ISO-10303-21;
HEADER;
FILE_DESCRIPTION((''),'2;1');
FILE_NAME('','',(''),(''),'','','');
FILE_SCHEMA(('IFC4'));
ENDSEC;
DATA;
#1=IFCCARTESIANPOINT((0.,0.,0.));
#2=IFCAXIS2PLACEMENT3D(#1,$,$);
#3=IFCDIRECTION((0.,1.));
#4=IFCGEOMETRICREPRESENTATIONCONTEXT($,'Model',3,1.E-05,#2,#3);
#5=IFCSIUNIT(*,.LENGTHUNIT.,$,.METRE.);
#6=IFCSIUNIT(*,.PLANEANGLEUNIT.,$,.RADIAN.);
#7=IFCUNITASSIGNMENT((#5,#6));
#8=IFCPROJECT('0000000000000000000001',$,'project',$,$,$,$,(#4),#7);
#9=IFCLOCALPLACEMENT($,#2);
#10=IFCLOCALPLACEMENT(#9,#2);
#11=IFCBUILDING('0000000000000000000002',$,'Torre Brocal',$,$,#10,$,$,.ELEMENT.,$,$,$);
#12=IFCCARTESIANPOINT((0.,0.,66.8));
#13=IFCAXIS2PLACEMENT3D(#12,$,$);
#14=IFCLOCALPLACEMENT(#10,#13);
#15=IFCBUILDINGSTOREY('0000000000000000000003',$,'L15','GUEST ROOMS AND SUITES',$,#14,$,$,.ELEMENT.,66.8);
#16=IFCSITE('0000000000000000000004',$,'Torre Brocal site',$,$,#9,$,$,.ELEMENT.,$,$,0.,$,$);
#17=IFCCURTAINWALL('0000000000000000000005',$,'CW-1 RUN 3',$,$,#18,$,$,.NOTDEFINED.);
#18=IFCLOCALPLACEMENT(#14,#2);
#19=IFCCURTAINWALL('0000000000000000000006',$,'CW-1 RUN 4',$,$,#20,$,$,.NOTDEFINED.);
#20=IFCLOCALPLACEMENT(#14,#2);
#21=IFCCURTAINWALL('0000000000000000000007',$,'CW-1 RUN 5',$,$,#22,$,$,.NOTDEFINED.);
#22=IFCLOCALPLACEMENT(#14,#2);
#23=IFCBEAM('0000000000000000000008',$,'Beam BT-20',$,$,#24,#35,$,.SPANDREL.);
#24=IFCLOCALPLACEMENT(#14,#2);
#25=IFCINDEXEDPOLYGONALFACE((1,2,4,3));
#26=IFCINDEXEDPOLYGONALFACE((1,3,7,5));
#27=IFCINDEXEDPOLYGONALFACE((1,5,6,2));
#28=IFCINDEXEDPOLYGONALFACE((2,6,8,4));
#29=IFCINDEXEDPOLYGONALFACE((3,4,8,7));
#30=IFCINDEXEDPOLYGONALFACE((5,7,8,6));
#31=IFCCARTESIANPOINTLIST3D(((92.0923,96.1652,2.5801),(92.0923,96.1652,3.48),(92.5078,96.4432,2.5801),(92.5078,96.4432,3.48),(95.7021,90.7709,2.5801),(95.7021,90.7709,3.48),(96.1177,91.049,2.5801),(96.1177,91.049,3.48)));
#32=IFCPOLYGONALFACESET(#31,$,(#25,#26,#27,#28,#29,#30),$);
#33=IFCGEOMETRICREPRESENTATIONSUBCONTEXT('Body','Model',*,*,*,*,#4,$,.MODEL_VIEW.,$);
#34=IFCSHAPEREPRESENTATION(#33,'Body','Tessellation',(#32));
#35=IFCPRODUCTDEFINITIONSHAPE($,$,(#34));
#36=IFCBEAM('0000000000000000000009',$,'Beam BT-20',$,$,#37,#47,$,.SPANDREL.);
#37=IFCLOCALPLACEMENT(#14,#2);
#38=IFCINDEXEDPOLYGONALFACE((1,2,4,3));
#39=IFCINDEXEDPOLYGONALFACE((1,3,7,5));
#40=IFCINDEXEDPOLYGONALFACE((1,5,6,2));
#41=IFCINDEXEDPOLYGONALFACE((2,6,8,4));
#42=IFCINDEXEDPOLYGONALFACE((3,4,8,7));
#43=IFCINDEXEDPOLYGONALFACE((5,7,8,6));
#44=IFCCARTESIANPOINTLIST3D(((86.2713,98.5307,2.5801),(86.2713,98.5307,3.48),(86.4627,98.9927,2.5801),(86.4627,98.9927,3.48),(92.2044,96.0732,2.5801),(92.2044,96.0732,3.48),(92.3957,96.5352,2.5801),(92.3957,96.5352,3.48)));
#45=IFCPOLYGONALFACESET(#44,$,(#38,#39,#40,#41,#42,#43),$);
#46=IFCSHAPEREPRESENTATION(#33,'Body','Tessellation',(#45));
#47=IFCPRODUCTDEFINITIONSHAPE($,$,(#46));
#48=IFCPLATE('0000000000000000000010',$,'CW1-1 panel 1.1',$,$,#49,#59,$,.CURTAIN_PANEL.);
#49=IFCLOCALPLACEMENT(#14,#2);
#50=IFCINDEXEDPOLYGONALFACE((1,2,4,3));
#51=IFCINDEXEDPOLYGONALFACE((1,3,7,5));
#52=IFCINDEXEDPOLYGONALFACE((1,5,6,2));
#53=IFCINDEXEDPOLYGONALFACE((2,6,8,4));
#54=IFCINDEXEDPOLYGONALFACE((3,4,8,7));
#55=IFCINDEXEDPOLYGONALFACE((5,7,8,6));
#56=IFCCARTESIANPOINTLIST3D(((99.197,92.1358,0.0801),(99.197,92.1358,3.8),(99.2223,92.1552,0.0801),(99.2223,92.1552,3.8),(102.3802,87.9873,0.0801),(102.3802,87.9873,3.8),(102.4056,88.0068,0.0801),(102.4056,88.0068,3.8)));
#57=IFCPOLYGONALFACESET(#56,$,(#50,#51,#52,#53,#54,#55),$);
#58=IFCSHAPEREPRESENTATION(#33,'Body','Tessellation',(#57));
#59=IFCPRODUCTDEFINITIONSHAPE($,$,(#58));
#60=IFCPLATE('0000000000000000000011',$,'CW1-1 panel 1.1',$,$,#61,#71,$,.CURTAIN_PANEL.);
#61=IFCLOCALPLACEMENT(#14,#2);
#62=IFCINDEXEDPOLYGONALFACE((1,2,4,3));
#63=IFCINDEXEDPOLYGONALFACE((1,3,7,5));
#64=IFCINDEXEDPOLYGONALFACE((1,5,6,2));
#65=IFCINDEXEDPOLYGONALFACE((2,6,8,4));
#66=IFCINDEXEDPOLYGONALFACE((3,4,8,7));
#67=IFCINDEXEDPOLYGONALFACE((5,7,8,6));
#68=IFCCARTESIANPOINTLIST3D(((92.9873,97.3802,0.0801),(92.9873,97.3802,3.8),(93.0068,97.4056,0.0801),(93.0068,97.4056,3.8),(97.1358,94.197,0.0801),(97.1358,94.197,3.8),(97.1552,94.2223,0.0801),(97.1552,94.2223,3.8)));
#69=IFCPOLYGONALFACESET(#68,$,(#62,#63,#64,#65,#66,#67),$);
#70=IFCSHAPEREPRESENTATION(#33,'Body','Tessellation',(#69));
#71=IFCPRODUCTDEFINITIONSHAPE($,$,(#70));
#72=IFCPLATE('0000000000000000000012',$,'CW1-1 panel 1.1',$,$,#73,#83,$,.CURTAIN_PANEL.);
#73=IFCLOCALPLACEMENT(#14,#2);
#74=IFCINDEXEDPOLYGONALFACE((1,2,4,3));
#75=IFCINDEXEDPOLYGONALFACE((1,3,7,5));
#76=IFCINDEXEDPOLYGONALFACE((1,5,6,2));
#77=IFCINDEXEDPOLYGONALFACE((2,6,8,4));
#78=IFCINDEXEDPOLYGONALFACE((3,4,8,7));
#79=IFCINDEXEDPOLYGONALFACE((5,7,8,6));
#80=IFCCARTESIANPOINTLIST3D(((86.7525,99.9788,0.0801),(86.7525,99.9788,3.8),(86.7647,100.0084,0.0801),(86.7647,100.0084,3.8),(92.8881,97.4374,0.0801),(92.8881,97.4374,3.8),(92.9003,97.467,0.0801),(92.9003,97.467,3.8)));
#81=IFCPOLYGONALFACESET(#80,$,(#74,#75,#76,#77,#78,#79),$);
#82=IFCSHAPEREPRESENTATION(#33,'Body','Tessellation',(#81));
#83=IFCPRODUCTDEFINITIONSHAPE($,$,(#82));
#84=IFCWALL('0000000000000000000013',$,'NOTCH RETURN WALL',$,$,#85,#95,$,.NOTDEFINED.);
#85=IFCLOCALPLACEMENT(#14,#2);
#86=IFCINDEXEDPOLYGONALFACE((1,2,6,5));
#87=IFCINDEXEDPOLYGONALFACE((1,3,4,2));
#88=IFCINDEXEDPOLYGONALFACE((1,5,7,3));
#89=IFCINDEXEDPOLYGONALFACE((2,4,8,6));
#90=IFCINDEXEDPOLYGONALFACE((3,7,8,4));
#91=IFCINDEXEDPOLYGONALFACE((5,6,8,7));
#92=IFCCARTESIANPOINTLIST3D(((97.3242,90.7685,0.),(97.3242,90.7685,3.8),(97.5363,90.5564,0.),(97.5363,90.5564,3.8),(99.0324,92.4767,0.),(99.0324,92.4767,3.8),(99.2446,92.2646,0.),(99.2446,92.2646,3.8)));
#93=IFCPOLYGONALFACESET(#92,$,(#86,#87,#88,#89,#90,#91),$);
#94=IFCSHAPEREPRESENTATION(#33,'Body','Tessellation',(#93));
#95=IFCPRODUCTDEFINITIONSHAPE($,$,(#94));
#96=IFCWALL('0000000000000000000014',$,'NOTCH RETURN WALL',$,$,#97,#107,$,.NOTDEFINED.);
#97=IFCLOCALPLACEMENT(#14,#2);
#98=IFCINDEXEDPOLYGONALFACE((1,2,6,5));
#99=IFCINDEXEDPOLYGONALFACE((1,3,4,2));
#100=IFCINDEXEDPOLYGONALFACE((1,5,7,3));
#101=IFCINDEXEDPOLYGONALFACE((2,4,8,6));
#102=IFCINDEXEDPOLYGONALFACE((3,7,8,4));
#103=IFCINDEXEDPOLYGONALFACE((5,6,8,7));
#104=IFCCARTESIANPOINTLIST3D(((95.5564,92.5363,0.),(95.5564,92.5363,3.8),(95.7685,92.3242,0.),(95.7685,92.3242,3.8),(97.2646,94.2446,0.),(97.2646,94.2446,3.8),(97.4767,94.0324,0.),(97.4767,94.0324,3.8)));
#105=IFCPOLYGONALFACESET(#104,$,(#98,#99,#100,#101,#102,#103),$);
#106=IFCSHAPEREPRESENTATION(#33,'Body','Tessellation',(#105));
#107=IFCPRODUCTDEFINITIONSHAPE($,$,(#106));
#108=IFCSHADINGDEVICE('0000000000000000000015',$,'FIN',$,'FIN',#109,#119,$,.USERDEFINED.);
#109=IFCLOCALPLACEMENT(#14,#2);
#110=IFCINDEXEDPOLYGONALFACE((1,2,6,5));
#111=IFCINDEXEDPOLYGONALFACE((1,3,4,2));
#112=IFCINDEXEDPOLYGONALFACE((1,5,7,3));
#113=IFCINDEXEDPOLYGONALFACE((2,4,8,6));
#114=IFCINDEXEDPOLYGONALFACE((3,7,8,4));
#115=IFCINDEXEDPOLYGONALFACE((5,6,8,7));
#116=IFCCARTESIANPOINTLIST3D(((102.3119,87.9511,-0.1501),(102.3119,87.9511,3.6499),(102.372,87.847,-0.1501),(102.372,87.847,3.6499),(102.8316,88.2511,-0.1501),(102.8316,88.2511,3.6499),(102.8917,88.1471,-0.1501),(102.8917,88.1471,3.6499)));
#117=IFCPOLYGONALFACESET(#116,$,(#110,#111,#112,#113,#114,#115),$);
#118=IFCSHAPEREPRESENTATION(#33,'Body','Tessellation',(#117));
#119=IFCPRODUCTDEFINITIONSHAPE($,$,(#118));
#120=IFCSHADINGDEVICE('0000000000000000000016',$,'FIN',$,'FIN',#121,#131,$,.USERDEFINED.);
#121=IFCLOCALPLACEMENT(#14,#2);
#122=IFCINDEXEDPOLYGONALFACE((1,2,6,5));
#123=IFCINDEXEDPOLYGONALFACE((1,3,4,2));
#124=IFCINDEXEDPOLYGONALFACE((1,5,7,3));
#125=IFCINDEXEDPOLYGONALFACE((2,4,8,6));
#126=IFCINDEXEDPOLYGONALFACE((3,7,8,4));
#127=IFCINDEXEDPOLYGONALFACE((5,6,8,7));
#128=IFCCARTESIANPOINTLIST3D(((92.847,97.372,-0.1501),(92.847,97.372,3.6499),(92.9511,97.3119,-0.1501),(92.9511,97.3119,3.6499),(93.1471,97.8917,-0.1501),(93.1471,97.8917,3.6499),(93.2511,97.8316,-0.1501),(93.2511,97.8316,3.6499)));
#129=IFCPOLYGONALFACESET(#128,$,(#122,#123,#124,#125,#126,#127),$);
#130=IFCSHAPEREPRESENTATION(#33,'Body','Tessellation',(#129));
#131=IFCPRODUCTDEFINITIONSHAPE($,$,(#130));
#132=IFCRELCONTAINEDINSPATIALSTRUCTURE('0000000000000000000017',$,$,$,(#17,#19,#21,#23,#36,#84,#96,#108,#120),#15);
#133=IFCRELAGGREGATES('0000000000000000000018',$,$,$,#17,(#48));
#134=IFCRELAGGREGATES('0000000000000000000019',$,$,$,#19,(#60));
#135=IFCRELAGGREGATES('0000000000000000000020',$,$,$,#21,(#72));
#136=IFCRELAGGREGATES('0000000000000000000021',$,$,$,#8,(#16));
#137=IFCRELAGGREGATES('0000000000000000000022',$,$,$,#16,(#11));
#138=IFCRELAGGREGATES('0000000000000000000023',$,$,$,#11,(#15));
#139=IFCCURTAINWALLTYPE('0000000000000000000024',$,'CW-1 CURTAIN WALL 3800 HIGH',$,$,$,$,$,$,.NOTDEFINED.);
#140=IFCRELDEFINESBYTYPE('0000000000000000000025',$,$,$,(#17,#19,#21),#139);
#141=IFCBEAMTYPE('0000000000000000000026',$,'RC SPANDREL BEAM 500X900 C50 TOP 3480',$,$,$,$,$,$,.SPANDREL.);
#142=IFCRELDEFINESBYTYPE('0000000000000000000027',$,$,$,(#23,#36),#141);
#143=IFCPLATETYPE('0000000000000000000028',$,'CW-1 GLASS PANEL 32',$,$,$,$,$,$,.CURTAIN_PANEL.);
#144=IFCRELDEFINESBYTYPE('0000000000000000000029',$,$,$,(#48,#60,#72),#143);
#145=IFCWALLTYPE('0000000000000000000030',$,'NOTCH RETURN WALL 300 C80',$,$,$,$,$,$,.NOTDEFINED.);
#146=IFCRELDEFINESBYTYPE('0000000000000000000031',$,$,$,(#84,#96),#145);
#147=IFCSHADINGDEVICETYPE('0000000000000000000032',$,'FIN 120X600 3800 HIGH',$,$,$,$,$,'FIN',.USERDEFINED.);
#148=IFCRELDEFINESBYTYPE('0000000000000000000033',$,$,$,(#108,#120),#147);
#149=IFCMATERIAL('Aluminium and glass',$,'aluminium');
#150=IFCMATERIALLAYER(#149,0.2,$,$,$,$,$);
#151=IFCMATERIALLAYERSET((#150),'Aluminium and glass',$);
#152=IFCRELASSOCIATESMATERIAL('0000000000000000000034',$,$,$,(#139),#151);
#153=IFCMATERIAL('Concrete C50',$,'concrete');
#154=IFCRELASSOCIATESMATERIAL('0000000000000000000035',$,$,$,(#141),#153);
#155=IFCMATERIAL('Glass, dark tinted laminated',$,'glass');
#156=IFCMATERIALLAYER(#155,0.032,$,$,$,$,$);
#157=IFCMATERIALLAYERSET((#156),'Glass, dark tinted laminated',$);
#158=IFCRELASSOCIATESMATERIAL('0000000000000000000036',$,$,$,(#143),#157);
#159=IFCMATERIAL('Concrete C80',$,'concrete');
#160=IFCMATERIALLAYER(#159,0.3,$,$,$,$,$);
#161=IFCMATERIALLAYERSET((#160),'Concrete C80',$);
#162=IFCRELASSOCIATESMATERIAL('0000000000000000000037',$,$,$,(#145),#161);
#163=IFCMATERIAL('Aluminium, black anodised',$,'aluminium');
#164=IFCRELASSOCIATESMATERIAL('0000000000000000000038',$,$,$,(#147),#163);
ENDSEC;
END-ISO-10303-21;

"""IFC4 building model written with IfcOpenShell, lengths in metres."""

from ifc_helpers import new_model, si_unit, direction, frame, frame_2d, origin, origin_2d, place, context, subcontext, project, spatial, rectangle, extrude, material, layer, layer_set, material_profile, profile_set, type_object, element, aggregate, save


model = new_model("IFC4")

# Units and contexts
model_context = context("Model", 3, precision=1e-05, world=origin(), true_north=direction((0.0, 1.0)))
body_context = subcontext(model_context, "Body", "Model", "MODEL_VIEW")
ifc_project = project(units=[si_unit("LENGTHUNIT", "METRE"), si_unit("PLANEANGLEUNIT", "RADIAN")], contexts=[model_context])

# Site, building, storey
site_placement = place(None, origin())
site = spatial("IfcSite", under=ifc_project, at=site_placement, Name="Torre Brocal site", CompositionType="ELEMENT", RefElevation=0.0)
building_placement = place(site_placement, origin())
building = spatial("IfcBuilding", under=site, at=building_placement, Name="Torre Brocal", CompositionType="ELEMENT")
storey_placement = place(building_placement, frame((0.0, 0.0, 66.8)))
storey = spatial("IfcBuildingStorey", under=building, at=storey_placement, Name="L15", Description="GUEST ROOMS AND SUITES", CompositionType="ELEMENT", Elevation=66.8)

# Shared definitions
ifc_material_1 = material(Name="Aluminium and glass", Category="aluminium")
ifc_layer_1 = layer(ifc_material_1, 0.2)
ifc_layer_set_1 = layer_set([ifc_layer_1], Name="Aluminium and glass")
curtain_wall_type = type_object("IfcCurtainWallType", Name="CW-1 CURTAIN WALL 3800 HIGH", PredefinedType="NOTDEFINED", material=ifc_layer_set_1)

# Curtain walls
curtain_wall_1_placement = place(storey_placement, origin())
curtain_wall_1 = element("IfcCurtainWall", 1, at=curtain_wall_1_placement, inside=storey, type_object=curtain_wall_type, Name="CW-1 RUN 3", PredefinedType="NOTDEFINED")
curtain_wall_2_placement = place(storey_placement, origin())
curtain_wall_2 = element("IfcCurtainWall", 2, at=curtain_wall_2_placement, inside=storey, type_object=curtain_wall_type, Name="CW-1 RUN 4", PredefinedType="NOTDEFINED")

# Curtain wall
curtain_wall_3_placement = place(storey_placement, origin())
curtain_wall_3 = element("IfcCurtainWall", 3, at=curtain_wall_3_placement, inside=storey, type_object=curtain_wall_type, Name="CW-1 RUN 5", PredefinedType="NOTDEFINED")

# Beams
ifc_material_2 = material(Name="Concrete C50", Category="concrete")
ifc_material_profile_1 = material_profile(ifc_material_2, rectangle(XDim=0.5, YDim=0.8999, at=origin_2d()), Name="RC 500X900")
ifc_profile_set_1 = profile_set([ifc_material_profile_1], Name="Concrete C50")
beam_type_1 = type_object("IfcBeamType", Name="RC SPANDREL BEAM 500X900 C50 TOP 3480", PredefinedType="SPANDREL", material=ifc_profile_set_1)
beam_1_placement = place(storey_placement, frame((95.9099, 90.9099, 3.03), z_axis=(-0.556158, 0.831077, 0.0), x_axis=(-0.831077, -0.556158, 0.0)))
element("IfcBeam", 4, at=beam_1_placement, inside=storey, type_object=beam_type_1, Name="Beam BT-20", PredefinedType="SPANDREL", context=body_context, shape_type="SweptSolid", body=[
    extrude(rectangle(XDim=0.5, YDim=0.8999, at=origin_2d()), origin(), (0.0, 0.0, 1.0), 6.4907),
])
beam_2_placement = place(storey_placement, frame((92.3, 96.3042, 3.03), z_axis=(-0.923882, 0.382676, 0.0), x_axis=(-0.382676, -0.923882, 0.0)))
element("IfcBeam", 5, at=beam_2_placement, inside=storey, type_object=beam_type_1, Name="Beam BT-20", PredefinedType="SPANDREL", context=body_context, shape_type="SweptSolid", body=[
    extrude(rectangle(XDim=0.5, YDim=0.8999, at=origin_2d()), origin(), (0.0, 0.0, 1.0), 6.4219),
])

# Plates
ifc_material_3 = material(Name="Glass, dark tinted laminated", Category="glass")
ifc_layer_2 = layer(ifc_material_3, 0.032)
ifc_layer_set_2 = layer_set([ifc_layer_2], Name="Glass, dark tinted laminated")
plate_type = type_object("IfcPlateType", Name="CW-1 GLASS PANEL 32", PredefinedType="CURTAIN_PANEL", material=ifc_layer_set_2)
plate_1_placement = place(storey_placement, frame((100.8013, 90.0713, 0.0801), z_axis=(0.0, 0.0, 1.0), x_axis=(-0.608761, 0.793353, 0.0)))
plate_1 = element("IfcPlate", 6, at=plate_1_placement, type_object=plate_type, Name="CW1-1 panel 1.1", PredefinedType="CURTAIN_PANEL", context=body_context, shape_type="SweptSolid", body=[
    extrude(rectangle(XDim=5.229, YDim=0.032, at=origin_2d()), origin(), (0.0, 0.0, 1.0), 3.72),
])
aggregate(curtain_wall_1, [plate_1])
plate_2_placement = place(storey_placement, frame((95.0713, 95.8013, 0.0801), z_axis=(0.0, 0.0, 1.0), x_axis=(-0.793353, 0.608761, 0.0)))
plate_2 = element("IfcPlate", 7, at=plate_2_placement, type_object=plate_type, Name="CW1-1 panel 1.1", PredefinedType="CURTAIN_PANEL", context=body_context, shape_type="SweptSolid", body=[
    extrude(rectangle(XDim=5.229, YDim=0.032, at=origin_2d()), origin(), (0.0, 0.0, 1.0), 3.72),
])
aggregate(curtain_wall_2, [plate_2])
plate_3_placement = place(storey_placement, frame((89.8264, 98.7229, 0.0801), z_axis=(0.0, 0.0, 1.0), x_axis=(-0.92388, 0.382683, 0.0)))
plate_3 = element("IfcPlate", 8, at=plate_3_placement, type_object=plate_type, Name="CW1-1 panel 1.1", PredefinedType="CURTAIN_PANEL", context=body_context, shape_type="SweptSolid", body=[
    extrude(rectangle(XDim=6.6411, YDim=0.032, at=origin_2d()), origin(), (0.0, 0.0, 1.0), 3.72),
])
aggregate(curtain_wall_3, [plate_3])

# Walls
ifc_material_4 = material(Name="Concrete C80", Category="concrete")
ifc_layer_3 = layer(ifc_material_4, 0.3)
ifc_layer_set_3 = layer_set([ifc_layer_3], Name="Concrete C80")
wall_type = type_object("IfcWallType", Name="NOTCH RETURN WALL 300 C80", PredefinedType="NOTDEFINED", material=ifc_layer_set_3)
for number, where, z_axis, x_axis, name in (
    (9, (97.4302, 90.6624, 0.0), (0.0, 0.0, 1.0), (0.707107, 0.707107, 0.0), "NOTCH RETURN WALL"),
    (10, (95.6624, 92.4302, 0.0), (0.0, 0.0, 1.0), (0.707107, 0.707107, 0.0), "NOTCH RETURN WALL"),
):
    element("IfcWall", number, at=place(storey_placement, frame(where, z_axis=z_axis, x_axis=x_axis)), inside=storey, type_object=wall_type, Name=name, PredefinedType="NOTDEFINED", context=body_context, shape_type="SweptSolid", body=[
        extrude(rectangle(XDim=2.4158, YDim=0.3, at=frame_2d((1.208, 0.0))), origin(), (0.0, 0.0, 1.0), 3.8),
    ])

# Shading devices
ifc_material_5 = material(Name="Aluminium, black anodised", Category="aluminium")
ifc_material_profile_2 = material_profile(ifc_material_5, rectangle(XDim=0.1201, YDim=0.6001, at=origin_2d()), Name="FIN 120X600 3800 HIGH")
ifc_profile_set_2 = profile_set([ifc_material_profile_2], Name="Aluminium, black anodised")
shading_device_type = type_object("IfcShadingDeviceType", Name="FIN 120X600 3800 HIGH", ElementType="FIN", PredefinedType="USERDEFINED", material=ifc_profile_set_2)
for number, where, z_axis, x_axis, name in (
    (11, (102.6018, 88.0491, -0.1501), (0.0, 0.0, 1.0), (-0.5, 0.866025, 0.0), "FIN"),
    (12, (93.0491, 97.6018, -0.1501), (0.0, 0.0, 1.0), (-0.866025, 0.5, 0.0), "FIN"),
):
    element("IfcShadingDevice", number, at=place(storey_placement, frame(where, z_axis=z_axis, x_axis=x_axis)), inside=storey, type_object=shading_device_type, Name=name, ObjectType="FIN", PredefinedType="USERDEFINED", context=body_context, shape_type="SweptSolid", body=[
        extrude(rectangle(XDim=0.1201, YDim=0.6001, at=origin_2d()), origin(), (0.0, 0.0, 1.0), 3.8),
    ])

save(model, "model.ifc")
